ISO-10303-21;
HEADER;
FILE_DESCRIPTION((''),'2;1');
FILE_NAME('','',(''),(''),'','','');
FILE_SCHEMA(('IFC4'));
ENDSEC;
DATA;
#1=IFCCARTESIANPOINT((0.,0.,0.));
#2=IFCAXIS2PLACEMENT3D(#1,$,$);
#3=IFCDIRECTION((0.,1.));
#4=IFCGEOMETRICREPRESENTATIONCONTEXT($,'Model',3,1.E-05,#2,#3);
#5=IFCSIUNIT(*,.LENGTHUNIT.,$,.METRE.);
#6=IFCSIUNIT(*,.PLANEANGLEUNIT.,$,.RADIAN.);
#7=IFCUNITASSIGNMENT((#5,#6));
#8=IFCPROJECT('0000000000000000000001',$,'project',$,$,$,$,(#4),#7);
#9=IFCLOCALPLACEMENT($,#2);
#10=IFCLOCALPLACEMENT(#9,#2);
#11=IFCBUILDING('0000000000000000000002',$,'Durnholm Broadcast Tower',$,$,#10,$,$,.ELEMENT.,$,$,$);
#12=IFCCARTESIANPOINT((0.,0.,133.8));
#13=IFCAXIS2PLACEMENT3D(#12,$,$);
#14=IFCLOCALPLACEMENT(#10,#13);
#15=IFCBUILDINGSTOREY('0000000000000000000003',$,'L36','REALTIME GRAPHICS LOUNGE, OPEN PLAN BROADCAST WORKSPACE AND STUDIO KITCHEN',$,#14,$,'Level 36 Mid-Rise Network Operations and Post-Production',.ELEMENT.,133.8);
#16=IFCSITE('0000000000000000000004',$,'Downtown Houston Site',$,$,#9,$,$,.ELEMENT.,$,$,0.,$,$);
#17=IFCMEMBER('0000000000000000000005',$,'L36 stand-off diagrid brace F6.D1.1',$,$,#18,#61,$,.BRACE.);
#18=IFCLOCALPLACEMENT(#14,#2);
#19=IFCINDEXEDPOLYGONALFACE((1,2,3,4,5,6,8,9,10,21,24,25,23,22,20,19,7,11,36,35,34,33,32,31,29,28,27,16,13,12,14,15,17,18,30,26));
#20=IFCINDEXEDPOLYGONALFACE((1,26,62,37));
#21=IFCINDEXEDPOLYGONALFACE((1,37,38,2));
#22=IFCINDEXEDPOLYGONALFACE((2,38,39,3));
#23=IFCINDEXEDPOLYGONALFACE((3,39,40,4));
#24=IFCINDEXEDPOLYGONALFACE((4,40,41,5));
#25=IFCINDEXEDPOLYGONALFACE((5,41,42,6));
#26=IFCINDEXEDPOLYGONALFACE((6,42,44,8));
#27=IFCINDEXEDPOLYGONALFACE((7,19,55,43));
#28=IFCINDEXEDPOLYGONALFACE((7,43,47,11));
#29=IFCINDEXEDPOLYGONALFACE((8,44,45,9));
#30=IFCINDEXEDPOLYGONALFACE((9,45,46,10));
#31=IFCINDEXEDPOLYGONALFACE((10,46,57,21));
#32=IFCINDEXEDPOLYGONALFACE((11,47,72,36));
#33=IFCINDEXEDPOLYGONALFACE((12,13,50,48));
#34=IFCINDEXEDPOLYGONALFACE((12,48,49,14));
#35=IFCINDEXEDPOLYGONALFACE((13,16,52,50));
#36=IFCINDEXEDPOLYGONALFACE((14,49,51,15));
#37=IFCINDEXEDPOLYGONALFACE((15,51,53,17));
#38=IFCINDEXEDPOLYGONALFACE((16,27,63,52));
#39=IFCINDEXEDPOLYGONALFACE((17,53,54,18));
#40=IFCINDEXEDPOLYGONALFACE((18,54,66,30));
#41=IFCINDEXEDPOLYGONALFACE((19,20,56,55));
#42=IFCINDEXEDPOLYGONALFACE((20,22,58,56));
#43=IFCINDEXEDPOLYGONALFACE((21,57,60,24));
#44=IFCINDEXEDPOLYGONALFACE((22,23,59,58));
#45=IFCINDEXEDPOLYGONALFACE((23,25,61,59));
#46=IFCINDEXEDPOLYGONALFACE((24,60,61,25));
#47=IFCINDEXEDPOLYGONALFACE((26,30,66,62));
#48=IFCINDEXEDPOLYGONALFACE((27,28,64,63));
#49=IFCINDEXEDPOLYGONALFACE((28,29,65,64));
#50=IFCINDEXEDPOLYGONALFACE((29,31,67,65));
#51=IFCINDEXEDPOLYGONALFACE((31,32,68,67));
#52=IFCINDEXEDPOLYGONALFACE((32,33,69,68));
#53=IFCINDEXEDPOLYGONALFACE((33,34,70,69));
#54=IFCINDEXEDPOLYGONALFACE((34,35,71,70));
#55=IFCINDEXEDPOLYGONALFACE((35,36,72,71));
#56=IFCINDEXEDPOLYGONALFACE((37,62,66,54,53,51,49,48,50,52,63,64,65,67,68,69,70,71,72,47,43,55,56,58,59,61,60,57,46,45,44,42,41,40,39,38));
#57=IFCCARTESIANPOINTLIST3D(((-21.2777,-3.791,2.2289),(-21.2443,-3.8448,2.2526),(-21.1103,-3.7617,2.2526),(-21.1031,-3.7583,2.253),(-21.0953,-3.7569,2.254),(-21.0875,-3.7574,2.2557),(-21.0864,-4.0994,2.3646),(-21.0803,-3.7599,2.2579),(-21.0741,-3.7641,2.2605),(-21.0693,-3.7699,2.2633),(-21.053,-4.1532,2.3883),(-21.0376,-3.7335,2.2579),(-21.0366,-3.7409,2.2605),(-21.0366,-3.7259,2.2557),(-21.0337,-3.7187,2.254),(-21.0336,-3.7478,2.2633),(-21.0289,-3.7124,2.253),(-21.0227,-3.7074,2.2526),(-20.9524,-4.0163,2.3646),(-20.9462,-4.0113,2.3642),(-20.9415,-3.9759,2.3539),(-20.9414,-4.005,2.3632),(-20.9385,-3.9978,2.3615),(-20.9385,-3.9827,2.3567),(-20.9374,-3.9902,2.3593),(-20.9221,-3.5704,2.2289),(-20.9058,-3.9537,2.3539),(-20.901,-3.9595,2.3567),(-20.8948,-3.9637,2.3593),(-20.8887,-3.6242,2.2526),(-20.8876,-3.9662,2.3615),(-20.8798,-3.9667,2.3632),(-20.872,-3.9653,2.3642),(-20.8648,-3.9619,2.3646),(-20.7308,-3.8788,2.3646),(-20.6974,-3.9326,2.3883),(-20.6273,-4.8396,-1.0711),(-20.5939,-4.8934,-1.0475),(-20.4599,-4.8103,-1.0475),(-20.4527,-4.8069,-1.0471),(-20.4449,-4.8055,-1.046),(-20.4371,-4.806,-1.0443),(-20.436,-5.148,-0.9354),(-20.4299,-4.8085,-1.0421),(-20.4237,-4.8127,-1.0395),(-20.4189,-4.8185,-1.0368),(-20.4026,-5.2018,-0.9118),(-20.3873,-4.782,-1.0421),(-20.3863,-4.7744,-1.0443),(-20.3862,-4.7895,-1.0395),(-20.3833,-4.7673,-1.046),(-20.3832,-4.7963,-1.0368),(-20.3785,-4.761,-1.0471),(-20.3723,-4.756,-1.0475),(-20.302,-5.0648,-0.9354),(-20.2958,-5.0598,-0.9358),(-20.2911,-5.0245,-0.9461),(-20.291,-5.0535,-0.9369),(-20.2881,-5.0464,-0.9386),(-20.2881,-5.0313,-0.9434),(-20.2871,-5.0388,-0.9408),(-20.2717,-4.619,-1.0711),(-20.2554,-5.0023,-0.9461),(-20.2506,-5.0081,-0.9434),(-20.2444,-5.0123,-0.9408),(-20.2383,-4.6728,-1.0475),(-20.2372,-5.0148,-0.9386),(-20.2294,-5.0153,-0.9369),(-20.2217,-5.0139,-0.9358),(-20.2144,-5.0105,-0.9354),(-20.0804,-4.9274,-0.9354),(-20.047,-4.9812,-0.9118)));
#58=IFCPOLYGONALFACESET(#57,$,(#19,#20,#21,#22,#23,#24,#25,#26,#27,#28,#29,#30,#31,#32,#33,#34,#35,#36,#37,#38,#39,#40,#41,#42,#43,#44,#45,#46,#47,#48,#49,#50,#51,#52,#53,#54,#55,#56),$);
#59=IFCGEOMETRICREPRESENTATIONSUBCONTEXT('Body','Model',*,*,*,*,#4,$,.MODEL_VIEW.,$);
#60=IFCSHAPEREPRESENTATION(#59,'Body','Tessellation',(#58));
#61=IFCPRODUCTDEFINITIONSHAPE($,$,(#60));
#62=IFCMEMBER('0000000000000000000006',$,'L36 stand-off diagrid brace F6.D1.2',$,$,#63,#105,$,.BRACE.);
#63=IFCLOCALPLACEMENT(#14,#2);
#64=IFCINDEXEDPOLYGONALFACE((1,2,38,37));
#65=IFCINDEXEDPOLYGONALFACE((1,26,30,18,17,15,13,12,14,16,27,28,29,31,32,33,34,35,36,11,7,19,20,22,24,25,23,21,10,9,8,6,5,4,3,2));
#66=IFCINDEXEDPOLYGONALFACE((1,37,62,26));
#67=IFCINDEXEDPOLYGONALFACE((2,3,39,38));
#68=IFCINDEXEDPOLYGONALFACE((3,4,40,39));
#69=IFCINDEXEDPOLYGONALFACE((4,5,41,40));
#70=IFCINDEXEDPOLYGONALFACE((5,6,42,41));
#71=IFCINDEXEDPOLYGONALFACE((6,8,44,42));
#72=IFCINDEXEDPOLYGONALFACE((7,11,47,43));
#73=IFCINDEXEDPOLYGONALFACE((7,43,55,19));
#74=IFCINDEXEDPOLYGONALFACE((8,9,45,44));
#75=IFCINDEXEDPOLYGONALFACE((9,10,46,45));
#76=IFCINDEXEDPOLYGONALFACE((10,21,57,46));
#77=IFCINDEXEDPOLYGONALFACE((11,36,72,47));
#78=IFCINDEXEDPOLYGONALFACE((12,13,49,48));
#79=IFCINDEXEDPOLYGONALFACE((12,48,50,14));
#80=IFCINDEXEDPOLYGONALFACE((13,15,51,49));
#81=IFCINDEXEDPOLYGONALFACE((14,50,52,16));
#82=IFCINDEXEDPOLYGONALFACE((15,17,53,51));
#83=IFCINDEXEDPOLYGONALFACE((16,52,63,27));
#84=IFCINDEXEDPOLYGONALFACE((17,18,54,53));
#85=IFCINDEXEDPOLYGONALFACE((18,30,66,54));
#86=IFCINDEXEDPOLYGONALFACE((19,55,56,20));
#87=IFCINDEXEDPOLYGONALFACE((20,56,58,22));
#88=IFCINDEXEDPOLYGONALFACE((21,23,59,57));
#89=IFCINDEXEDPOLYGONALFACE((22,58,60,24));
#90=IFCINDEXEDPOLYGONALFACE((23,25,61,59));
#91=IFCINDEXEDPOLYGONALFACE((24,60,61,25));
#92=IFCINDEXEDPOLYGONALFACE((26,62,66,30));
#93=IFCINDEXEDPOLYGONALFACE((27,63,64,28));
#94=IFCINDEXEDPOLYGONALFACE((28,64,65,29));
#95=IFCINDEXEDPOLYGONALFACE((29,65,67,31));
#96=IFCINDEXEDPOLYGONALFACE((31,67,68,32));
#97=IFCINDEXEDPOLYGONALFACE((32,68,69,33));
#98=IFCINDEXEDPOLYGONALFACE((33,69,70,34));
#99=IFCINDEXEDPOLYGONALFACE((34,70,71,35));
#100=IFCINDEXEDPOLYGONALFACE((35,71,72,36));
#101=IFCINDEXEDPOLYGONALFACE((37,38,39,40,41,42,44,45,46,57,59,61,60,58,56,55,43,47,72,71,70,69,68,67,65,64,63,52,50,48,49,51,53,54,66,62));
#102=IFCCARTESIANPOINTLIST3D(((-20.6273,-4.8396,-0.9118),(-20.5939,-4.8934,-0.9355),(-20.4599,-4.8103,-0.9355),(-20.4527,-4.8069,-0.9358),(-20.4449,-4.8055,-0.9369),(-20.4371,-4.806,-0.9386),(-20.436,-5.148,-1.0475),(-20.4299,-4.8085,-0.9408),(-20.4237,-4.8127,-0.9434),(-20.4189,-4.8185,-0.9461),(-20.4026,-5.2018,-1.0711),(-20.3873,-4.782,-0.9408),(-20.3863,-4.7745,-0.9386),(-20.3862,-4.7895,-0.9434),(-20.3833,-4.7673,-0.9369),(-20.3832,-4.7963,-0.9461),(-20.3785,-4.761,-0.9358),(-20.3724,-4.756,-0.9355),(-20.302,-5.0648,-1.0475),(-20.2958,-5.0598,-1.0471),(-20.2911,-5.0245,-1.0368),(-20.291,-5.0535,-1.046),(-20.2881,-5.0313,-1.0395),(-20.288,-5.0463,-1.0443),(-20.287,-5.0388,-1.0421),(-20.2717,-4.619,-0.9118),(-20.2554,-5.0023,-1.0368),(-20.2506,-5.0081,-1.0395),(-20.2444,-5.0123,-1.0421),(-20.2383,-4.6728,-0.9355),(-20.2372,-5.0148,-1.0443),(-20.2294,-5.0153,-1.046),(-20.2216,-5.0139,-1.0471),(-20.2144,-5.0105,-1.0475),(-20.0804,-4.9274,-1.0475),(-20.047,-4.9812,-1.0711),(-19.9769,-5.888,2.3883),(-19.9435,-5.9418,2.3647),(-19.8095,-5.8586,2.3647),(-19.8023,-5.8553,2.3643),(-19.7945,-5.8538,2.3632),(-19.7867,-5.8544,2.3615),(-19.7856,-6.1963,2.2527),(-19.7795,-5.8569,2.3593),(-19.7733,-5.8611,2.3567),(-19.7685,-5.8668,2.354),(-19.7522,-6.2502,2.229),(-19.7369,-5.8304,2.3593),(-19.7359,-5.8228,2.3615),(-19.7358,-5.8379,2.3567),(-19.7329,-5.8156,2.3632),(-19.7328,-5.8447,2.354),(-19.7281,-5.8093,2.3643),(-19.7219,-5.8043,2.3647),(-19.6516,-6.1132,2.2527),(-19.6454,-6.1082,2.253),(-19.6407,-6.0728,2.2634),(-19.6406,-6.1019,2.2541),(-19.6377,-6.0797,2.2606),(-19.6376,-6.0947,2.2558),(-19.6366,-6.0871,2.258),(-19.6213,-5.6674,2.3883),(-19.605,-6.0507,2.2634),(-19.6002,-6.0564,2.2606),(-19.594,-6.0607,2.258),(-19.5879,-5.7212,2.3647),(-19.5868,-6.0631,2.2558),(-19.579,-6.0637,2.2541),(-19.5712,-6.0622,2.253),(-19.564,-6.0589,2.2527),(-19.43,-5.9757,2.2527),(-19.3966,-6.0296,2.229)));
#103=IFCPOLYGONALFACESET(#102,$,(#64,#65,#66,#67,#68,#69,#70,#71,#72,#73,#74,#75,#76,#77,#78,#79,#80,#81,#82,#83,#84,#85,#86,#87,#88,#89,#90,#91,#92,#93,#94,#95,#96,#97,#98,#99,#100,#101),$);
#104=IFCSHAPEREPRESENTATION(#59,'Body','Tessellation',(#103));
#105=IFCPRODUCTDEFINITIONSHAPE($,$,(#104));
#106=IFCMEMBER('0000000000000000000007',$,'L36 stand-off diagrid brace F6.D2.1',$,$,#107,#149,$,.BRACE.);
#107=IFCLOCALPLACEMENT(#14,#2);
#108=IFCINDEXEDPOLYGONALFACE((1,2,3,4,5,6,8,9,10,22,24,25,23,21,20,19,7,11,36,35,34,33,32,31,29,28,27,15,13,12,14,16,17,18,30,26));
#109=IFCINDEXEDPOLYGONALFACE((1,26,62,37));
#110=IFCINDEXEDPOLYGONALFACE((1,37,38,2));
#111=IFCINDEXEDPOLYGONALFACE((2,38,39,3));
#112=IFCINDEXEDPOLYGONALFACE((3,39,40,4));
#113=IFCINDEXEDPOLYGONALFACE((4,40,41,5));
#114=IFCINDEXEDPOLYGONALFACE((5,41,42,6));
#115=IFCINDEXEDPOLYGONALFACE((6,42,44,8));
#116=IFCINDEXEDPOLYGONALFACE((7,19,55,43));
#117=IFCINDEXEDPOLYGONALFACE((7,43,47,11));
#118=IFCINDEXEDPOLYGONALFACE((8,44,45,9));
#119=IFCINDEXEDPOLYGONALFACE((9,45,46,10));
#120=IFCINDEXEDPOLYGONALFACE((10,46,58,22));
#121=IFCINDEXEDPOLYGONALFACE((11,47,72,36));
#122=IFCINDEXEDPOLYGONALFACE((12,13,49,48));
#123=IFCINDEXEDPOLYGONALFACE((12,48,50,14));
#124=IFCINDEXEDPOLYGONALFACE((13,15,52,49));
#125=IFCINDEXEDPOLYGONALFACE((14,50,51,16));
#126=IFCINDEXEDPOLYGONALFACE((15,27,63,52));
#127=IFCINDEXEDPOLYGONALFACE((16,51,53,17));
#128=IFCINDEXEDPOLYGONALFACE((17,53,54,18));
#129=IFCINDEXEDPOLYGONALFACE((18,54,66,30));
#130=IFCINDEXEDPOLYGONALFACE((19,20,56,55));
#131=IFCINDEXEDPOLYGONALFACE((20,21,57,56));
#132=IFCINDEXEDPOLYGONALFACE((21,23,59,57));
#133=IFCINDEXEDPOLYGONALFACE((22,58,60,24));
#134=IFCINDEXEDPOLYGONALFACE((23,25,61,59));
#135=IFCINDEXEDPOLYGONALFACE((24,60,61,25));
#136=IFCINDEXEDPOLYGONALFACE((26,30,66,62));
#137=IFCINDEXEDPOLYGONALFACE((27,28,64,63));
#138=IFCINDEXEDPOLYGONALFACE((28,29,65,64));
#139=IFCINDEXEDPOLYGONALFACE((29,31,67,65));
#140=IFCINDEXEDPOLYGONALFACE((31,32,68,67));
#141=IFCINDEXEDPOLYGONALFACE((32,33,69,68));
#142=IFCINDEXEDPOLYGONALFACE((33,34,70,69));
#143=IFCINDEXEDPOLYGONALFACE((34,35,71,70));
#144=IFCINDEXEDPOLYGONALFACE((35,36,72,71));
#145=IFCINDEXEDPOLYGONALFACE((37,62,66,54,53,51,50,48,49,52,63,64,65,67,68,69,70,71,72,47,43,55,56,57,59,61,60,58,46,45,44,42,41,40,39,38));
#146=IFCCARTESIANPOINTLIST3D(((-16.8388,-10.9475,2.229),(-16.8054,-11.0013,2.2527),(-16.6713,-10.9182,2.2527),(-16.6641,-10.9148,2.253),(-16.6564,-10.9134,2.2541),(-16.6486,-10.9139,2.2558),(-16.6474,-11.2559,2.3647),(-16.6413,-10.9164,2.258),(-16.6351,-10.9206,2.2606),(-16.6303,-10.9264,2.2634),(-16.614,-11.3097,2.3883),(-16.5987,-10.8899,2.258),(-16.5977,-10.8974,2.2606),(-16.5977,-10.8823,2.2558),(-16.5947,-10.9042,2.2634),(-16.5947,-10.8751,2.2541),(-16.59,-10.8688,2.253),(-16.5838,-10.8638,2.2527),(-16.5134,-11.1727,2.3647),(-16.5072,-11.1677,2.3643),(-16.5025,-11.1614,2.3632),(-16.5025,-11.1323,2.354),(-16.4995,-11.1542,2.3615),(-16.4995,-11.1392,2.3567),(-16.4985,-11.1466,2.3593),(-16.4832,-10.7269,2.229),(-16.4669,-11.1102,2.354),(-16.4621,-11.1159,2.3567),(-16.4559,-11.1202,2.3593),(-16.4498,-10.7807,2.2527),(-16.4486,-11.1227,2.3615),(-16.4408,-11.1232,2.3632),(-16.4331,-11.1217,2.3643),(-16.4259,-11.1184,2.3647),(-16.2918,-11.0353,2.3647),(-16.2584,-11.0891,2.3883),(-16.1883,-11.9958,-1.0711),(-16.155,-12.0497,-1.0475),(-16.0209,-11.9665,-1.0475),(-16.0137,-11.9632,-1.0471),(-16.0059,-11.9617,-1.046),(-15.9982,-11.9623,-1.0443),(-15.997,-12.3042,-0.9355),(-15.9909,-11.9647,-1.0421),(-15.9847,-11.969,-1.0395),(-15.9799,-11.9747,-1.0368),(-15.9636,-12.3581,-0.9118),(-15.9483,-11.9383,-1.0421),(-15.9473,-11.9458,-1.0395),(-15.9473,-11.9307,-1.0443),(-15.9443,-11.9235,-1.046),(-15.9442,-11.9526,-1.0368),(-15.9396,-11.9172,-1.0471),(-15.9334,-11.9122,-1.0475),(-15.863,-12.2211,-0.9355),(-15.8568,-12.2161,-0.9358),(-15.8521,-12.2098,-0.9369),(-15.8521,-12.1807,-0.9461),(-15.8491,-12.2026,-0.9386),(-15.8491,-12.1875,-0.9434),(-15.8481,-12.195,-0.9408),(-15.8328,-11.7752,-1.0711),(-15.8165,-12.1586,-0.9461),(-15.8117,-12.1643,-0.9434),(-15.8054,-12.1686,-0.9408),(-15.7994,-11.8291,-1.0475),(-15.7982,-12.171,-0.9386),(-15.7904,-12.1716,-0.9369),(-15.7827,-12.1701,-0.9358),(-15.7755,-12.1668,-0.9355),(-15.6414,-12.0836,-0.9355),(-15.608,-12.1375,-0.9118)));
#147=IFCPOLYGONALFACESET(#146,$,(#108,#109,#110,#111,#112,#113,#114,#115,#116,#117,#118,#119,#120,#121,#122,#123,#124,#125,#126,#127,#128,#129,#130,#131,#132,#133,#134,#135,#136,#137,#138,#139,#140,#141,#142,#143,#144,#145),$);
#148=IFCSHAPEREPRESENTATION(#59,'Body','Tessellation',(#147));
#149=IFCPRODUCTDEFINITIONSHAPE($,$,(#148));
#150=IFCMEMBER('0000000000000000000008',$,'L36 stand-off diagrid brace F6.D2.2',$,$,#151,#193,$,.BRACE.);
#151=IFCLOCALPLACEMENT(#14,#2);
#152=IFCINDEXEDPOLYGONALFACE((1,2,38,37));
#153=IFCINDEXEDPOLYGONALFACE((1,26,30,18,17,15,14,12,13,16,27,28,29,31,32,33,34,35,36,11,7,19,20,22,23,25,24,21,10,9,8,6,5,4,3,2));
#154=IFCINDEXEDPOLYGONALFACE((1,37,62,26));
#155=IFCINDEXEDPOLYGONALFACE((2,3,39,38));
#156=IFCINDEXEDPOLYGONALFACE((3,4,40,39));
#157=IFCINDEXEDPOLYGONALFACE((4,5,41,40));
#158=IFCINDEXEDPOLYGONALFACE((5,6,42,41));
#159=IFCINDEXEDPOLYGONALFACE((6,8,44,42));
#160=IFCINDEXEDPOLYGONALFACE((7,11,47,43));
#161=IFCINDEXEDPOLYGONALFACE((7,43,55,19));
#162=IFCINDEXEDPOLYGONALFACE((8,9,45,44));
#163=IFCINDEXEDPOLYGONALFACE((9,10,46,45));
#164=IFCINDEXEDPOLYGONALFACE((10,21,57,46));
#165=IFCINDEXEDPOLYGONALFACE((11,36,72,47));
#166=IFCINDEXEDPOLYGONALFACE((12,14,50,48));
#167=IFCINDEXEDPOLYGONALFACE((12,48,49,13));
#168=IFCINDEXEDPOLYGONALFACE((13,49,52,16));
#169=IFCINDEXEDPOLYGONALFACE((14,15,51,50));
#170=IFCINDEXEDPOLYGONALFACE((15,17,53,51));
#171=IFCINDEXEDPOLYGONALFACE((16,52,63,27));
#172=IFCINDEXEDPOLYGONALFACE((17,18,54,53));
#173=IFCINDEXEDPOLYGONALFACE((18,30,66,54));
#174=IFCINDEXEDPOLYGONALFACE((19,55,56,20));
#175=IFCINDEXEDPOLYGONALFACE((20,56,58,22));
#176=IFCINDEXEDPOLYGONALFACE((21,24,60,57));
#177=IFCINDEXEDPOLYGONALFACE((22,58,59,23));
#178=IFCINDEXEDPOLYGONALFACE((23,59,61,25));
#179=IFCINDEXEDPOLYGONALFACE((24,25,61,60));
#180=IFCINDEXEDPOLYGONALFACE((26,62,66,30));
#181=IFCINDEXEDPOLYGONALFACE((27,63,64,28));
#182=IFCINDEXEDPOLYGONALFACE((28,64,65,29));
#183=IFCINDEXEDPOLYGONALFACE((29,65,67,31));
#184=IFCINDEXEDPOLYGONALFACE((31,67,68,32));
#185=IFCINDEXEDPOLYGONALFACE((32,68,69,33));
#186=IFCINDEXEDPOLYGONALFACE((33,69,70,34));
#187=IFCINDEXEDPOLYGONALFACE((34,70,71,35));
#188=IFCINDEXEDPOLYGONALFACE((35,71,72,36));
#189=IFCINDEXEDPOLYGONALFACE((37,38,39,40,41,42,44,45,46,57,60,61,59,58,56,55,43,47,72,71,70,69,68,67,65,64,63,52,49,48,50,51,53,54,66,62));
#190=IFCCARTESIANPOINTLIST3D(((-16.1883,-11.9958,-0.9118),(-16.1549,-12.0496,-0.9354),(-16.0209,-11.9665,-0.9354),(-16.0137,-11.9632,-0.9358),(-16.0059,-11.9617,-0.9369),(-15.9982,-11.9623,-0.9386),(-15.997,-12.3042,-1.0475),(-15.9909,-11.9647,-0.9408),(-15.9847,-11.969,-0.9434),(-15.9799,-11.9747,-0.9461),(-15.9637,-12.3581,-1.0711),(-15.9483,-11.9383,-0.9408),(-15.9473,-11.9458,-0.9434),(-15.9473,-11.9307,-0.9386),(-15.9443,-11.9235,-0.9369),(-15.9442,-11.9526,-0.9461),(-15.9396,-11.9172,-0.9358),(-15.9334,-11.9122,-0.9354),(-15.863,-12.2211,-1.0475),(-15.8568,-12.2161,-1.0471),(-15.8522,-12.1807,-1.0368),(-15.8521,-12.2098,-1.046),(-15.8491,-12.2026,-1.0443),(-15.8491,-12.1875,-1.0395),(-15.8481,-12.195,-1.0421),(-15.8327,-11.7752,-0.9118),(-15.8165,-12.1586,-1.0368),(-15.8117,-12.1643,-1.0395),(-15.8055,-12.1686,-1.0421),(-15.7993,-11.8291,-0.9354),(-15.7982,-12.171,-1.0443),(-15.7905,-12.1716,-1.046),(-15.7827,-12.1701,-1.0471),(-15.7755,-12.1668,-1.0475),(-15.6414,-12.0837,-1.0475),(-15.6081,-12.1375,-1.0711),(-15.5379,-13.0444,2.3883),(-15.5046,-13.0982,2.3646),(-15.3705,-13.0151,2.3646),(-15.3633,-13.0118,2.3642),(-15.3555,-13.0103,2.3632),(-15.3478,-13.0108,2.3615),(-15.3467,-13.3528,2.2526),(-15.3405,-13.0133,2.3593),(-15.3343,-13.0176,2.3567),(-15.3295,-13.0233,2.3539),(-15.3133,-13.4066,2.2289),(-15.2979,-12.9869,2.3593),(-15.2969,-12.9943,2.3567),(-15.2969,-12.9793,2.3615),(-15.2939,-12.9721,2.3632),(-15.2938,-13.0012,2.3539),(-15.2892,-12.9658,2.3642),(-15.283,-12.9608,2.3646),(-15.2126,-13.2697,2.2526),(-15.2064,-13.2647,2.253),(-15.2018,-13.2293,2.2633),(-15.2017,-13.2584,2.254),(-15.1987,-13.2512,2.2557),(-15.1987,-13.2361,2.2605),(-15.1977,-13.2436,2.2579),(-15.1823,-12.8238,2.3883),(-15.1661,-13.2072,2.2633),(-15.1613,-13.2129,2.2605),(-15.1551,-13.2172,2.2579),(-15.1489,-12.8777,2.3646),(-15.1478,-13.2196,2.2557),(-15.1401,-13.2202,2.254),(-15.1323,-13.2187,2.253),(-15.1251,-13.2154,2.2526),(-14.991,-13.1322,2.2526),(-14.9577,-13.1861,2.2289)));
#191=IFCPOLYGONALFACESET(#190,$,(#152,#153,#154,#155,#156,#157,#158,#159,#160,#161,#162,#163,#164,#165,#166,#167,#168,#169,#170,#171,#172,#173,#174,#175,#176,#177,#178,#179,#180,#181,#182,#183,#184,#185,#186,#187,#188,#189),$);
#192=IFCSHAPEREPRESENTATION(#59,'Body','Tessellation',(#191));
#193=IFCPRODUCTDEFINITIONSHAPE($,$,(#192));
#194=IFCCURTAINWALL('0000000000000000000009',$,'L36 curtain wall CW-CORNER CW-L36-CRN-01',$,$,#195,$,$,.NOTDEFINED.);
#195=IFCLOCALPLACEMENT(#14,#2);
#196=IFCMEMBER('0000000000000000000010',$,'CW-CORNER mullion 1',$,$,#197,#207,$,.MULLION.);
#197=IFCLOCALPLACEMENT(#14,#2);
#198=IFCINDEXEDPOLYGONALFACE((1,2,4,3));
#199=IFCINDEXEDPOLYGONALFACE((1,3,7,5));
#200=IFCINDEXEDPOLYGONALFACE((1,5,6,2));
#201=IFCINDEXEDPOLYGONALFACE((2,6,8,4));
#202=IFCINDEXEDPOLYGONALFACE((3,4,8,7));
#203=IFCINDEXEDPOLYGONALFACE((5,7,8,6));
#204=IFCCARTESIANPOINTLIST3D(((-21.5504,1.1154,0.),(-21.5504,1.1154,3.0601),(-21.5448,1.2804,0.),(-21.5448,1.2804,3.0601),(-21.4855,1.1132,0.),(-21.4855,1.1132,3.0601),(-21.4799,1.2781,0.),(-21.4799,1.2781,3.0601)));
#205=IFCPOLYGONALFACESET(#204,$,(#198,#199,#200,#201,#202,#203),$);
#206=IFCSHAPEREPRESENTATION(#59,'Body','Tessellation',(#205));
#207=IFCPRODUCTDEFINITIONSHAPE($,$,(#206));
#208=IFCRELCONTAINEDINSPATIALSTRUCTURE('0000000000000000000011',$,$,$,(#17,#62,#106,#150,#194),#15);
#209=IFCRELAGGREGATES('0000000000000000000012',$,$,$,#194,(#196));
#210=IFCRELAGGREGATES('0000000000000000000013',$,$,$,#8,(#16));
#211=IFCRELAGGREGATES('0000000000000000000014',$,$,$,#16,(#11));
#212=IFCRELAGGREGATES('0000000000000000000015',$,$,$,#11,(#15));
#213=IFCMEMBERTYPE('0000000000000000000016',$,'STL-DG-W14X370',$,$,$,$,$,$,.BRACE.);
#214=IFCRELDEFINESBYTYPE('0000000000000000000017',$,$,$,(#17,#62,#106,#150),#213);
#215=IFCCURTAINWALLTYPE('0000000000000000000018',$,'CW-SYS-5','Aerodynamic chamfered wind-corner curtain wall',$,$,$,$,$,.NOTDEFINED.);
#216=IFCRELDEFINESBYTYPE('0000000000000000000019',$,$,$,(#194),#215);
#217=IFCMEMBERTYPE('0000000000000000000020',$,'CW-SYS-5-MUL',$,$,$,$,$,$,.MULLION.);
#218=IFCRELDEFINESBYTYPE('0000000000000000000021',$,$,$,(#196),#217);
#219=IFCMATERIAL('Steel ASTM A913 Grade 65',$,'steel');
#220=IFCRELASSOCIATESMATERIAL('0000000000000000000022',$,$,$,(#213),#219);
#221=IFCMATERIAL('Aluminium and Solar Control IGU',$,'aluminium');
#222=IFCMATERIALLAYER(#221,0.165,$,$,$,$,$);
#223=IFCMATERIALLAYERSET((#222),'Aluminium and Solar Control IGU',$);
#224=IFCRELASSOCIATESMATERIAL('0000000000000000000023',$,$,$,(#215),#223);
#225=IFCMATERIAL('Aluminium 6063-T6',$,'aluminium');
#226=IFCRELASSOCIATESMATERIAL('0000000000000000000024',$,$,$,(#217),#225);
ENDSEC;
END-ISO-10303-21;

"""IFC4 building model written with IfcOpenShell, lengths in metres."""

from ifc_helpers import new_model, si_unit, direction, frame, origin, origin_2d, place, context, subcontext, project, spatial, rectangle, i_section, extrude, source, transform, mapped, material, layer, layer_set, material_profile, profile_set, type_object, type_shapes, element, aggregate, save


model = new_model("IFC4")

# Units and contexts
model_context = context("Model", 3, precision=1e-05, world=origin(), true_north=direction((0.0, 1.0)))
body_context = subcontext(model_context, "Body", "Model", "MODEL_VIEW")
ifc_project = project(units=[si_unit("LENGTHUNIT", "METRE"), si_unit("PLANEANGLEUNIT", "RADIAN")], contexts=[model_context])

# Site, building, storey
site_placement = place(None, origin())
site = spatial("IfcSite", under=ifc_project, at=site_placement, Name="Downtown Houston Site", CompositionType="ELEMENT", RefElevation=0.0)
building_placement = place(site_placement, origin())
building = spatial("IfcBuilding", under=site, at=building_placement, Name="Durnholm Broadcast Tower", CompositionType="ELEMENT")
storey_placement = place(building_placement, frame((0.0, 0.0, 133.8)))
storey = spatial("IfcBuildingStorey", under=building, at=storey_placement, Name="L36", Description="REALTIME GRAPHICS LOUNGE, OPEN PLAN BROADCAST WORKSPACE AND STUDIO KITCHEN", LongName="Level 36 Mid-Rise Network Operations and Post-Production", CompositionType="ELEMENT", Elevation=133.8)

# Members
ifc_material_1 = material(Name="Steel ASTM A913 Grade 65", Category="steel")
ifc_material_profile_1 = material_profile(ifc_material_1, i_section(OverallWidth=0.4185, OverallDepth=0.4551, WebThickness=0.042, FlangeThickness=0.0676, FilletRadius=0.0305, at=origin_2d()), Name="W14X370")
ifc_profile_set_1 = profile_set([ifc_material_profile_1], Name="Steel ASTM A913 Grade 65")
member_type_1 = type_object("IfcMemberType", Name="STL-DG-W14X370", PredefinedType="BRACE", material=ifc_profile_set_1)
shared_shape_1 = source(origin(), body_context, "Body", "SweptSolid", [
    extrude(i_section(OverallWidth=0.4185, OverallDepth=0.4551, WebThickness=0.042, FlangeThickness=0.0676, FilletRadius=0.0305, at=origin_2d()), origin(), (0.0, 0.0, 1.0), 3.5232),
])
type_shapes(member_type_1, [shared_shape_1])
for number, where, z_axis, x_axis, name in (
    (1, (-20.3372, -4.9104, -0.9915), (-0.184603, 0.297624, 0.936665), (-0.849805, -0.527097, 0.0), "L36 stand-off diagrid brace F6.D1.1"),
    (2, (-20.3372, -4.9104, -0.9915), (0.184607, -0.29756, 0.936685), (0.84975, 0.527186, 0.0), "L36 stand-off diagrid brace F6.D1.2"),
    (3, (-15.8982, -12.0667, -0.9915), (-0.184607, 0.29756, 0.936685), (-0.84975, -0.527186, 0.0), "L36 stand-off diagrid brace F6.D2.1"),
    (4, (-15.8982, -12.0667, -0.9915), (0.184603, -0.297624, 0.936665), (0.849805, 0.527097, 0.0), "L36 stand-off diagrid brace F6.D2.2"),
):
    element("IfcMember", number, at=place(storey_placement, frame(where, z_axis=z_axis, x_axis=x_axis)), inside=storey, type_object=member_type_1, Name=name, PredefinedType="BRACE", context=body_context, shape_type="MappedRepresentation", body=[
        mapped(shared_shape_1, transform((0.0, 0.0, 0.0), x_axis=(1.0, 0.0, 0.0), y_axis=(0.0, 1.0, 0.0), z_axis=(0.0, 0.0, 1.0), scale=1.0)),
    ])

# Curtain wall, member
ifc_material_2 = material(Name="Aluminium and Solar Control IGU", Category="aluminium")
ifc_layer_1 = layer(ifc_material_2, 0.165)
ifc_layer_set_1 = layer_set([ifc_layer_1], Name="Aluminium and Solar Control IGU")
curtain_wall_type_1 = type_object("IfcCurtainWallType", Name="CW-SYS-5", Description="Aerodynamic chamfered wind-corner curtain wall", PredefinedType="NOTDEFINED", material=ifc_layer_set_1)
curtain_wall_1_placement = place(storey_placement, origin())
curtain_wall_1 = element("IfcCurtainWall", 5, at=curtain_wall_1_placement, inside=storey, type_object=curtain_wall_type_1, Name="L36 curtain wall CW-CORNER CW-L36-CRN-01", PredefinedType="NOTDEFINED")
ifc_material_3 = material(Name="Aluminium 6063-T6", Category="aluminium")
ifc_material_profile_2 = material_profile(ifc_material_3, rectangle(XDim=0.0649, YDim=0.165, at=origin_2d()), Name="CWM65X165")
ifc_profile_set_2 = profile_set([ifc_material_profile_2], Name="Aluminium 6063-T6")
member_type_2 = type_object("IfcMemberType", Name="CW-SYS-5-MUL", PredefinedType="MULLION", material=ifc_profile_set_2)
shared_shape_2 = source(origin(), body_context, "Body", "SweptSolid", [
    extrude(rectangle(XDim=0.0649, YDim=0.165, at=origin_2d()), origin(), (0.0, 0.0, 1.0), 3.0601),
])
type_shapes(member_type_2, [shared_shape_2])
member_1_placement = place(storey_placement, frame((-21.5151, 1.1968, 0.0), z_axis=(0.0, 0.0, 1.0), x_axis=(-0.999425, 0.033917, 0.0)))
member_1 = element("IfcMember", 6, at=member_1_placement, type_object=member_type_2, Name="CW-CORNER mullion 1", PredefinedType="MULLION", context=body_context, shape_type="MappedRepresentation", body=[
    mapped(shared_shape_2, transform((0.0, 0.0, 0.0), x_axis=(1.0, 0.0, 0.0), y_axis=(0.0, 1.0, 0.0), z_axis=(0.0, 0.0, 1.0), scale=1.0)),
])
aggregate(curtain_wall_1, [member_1])

save(model, "model.ifc")
